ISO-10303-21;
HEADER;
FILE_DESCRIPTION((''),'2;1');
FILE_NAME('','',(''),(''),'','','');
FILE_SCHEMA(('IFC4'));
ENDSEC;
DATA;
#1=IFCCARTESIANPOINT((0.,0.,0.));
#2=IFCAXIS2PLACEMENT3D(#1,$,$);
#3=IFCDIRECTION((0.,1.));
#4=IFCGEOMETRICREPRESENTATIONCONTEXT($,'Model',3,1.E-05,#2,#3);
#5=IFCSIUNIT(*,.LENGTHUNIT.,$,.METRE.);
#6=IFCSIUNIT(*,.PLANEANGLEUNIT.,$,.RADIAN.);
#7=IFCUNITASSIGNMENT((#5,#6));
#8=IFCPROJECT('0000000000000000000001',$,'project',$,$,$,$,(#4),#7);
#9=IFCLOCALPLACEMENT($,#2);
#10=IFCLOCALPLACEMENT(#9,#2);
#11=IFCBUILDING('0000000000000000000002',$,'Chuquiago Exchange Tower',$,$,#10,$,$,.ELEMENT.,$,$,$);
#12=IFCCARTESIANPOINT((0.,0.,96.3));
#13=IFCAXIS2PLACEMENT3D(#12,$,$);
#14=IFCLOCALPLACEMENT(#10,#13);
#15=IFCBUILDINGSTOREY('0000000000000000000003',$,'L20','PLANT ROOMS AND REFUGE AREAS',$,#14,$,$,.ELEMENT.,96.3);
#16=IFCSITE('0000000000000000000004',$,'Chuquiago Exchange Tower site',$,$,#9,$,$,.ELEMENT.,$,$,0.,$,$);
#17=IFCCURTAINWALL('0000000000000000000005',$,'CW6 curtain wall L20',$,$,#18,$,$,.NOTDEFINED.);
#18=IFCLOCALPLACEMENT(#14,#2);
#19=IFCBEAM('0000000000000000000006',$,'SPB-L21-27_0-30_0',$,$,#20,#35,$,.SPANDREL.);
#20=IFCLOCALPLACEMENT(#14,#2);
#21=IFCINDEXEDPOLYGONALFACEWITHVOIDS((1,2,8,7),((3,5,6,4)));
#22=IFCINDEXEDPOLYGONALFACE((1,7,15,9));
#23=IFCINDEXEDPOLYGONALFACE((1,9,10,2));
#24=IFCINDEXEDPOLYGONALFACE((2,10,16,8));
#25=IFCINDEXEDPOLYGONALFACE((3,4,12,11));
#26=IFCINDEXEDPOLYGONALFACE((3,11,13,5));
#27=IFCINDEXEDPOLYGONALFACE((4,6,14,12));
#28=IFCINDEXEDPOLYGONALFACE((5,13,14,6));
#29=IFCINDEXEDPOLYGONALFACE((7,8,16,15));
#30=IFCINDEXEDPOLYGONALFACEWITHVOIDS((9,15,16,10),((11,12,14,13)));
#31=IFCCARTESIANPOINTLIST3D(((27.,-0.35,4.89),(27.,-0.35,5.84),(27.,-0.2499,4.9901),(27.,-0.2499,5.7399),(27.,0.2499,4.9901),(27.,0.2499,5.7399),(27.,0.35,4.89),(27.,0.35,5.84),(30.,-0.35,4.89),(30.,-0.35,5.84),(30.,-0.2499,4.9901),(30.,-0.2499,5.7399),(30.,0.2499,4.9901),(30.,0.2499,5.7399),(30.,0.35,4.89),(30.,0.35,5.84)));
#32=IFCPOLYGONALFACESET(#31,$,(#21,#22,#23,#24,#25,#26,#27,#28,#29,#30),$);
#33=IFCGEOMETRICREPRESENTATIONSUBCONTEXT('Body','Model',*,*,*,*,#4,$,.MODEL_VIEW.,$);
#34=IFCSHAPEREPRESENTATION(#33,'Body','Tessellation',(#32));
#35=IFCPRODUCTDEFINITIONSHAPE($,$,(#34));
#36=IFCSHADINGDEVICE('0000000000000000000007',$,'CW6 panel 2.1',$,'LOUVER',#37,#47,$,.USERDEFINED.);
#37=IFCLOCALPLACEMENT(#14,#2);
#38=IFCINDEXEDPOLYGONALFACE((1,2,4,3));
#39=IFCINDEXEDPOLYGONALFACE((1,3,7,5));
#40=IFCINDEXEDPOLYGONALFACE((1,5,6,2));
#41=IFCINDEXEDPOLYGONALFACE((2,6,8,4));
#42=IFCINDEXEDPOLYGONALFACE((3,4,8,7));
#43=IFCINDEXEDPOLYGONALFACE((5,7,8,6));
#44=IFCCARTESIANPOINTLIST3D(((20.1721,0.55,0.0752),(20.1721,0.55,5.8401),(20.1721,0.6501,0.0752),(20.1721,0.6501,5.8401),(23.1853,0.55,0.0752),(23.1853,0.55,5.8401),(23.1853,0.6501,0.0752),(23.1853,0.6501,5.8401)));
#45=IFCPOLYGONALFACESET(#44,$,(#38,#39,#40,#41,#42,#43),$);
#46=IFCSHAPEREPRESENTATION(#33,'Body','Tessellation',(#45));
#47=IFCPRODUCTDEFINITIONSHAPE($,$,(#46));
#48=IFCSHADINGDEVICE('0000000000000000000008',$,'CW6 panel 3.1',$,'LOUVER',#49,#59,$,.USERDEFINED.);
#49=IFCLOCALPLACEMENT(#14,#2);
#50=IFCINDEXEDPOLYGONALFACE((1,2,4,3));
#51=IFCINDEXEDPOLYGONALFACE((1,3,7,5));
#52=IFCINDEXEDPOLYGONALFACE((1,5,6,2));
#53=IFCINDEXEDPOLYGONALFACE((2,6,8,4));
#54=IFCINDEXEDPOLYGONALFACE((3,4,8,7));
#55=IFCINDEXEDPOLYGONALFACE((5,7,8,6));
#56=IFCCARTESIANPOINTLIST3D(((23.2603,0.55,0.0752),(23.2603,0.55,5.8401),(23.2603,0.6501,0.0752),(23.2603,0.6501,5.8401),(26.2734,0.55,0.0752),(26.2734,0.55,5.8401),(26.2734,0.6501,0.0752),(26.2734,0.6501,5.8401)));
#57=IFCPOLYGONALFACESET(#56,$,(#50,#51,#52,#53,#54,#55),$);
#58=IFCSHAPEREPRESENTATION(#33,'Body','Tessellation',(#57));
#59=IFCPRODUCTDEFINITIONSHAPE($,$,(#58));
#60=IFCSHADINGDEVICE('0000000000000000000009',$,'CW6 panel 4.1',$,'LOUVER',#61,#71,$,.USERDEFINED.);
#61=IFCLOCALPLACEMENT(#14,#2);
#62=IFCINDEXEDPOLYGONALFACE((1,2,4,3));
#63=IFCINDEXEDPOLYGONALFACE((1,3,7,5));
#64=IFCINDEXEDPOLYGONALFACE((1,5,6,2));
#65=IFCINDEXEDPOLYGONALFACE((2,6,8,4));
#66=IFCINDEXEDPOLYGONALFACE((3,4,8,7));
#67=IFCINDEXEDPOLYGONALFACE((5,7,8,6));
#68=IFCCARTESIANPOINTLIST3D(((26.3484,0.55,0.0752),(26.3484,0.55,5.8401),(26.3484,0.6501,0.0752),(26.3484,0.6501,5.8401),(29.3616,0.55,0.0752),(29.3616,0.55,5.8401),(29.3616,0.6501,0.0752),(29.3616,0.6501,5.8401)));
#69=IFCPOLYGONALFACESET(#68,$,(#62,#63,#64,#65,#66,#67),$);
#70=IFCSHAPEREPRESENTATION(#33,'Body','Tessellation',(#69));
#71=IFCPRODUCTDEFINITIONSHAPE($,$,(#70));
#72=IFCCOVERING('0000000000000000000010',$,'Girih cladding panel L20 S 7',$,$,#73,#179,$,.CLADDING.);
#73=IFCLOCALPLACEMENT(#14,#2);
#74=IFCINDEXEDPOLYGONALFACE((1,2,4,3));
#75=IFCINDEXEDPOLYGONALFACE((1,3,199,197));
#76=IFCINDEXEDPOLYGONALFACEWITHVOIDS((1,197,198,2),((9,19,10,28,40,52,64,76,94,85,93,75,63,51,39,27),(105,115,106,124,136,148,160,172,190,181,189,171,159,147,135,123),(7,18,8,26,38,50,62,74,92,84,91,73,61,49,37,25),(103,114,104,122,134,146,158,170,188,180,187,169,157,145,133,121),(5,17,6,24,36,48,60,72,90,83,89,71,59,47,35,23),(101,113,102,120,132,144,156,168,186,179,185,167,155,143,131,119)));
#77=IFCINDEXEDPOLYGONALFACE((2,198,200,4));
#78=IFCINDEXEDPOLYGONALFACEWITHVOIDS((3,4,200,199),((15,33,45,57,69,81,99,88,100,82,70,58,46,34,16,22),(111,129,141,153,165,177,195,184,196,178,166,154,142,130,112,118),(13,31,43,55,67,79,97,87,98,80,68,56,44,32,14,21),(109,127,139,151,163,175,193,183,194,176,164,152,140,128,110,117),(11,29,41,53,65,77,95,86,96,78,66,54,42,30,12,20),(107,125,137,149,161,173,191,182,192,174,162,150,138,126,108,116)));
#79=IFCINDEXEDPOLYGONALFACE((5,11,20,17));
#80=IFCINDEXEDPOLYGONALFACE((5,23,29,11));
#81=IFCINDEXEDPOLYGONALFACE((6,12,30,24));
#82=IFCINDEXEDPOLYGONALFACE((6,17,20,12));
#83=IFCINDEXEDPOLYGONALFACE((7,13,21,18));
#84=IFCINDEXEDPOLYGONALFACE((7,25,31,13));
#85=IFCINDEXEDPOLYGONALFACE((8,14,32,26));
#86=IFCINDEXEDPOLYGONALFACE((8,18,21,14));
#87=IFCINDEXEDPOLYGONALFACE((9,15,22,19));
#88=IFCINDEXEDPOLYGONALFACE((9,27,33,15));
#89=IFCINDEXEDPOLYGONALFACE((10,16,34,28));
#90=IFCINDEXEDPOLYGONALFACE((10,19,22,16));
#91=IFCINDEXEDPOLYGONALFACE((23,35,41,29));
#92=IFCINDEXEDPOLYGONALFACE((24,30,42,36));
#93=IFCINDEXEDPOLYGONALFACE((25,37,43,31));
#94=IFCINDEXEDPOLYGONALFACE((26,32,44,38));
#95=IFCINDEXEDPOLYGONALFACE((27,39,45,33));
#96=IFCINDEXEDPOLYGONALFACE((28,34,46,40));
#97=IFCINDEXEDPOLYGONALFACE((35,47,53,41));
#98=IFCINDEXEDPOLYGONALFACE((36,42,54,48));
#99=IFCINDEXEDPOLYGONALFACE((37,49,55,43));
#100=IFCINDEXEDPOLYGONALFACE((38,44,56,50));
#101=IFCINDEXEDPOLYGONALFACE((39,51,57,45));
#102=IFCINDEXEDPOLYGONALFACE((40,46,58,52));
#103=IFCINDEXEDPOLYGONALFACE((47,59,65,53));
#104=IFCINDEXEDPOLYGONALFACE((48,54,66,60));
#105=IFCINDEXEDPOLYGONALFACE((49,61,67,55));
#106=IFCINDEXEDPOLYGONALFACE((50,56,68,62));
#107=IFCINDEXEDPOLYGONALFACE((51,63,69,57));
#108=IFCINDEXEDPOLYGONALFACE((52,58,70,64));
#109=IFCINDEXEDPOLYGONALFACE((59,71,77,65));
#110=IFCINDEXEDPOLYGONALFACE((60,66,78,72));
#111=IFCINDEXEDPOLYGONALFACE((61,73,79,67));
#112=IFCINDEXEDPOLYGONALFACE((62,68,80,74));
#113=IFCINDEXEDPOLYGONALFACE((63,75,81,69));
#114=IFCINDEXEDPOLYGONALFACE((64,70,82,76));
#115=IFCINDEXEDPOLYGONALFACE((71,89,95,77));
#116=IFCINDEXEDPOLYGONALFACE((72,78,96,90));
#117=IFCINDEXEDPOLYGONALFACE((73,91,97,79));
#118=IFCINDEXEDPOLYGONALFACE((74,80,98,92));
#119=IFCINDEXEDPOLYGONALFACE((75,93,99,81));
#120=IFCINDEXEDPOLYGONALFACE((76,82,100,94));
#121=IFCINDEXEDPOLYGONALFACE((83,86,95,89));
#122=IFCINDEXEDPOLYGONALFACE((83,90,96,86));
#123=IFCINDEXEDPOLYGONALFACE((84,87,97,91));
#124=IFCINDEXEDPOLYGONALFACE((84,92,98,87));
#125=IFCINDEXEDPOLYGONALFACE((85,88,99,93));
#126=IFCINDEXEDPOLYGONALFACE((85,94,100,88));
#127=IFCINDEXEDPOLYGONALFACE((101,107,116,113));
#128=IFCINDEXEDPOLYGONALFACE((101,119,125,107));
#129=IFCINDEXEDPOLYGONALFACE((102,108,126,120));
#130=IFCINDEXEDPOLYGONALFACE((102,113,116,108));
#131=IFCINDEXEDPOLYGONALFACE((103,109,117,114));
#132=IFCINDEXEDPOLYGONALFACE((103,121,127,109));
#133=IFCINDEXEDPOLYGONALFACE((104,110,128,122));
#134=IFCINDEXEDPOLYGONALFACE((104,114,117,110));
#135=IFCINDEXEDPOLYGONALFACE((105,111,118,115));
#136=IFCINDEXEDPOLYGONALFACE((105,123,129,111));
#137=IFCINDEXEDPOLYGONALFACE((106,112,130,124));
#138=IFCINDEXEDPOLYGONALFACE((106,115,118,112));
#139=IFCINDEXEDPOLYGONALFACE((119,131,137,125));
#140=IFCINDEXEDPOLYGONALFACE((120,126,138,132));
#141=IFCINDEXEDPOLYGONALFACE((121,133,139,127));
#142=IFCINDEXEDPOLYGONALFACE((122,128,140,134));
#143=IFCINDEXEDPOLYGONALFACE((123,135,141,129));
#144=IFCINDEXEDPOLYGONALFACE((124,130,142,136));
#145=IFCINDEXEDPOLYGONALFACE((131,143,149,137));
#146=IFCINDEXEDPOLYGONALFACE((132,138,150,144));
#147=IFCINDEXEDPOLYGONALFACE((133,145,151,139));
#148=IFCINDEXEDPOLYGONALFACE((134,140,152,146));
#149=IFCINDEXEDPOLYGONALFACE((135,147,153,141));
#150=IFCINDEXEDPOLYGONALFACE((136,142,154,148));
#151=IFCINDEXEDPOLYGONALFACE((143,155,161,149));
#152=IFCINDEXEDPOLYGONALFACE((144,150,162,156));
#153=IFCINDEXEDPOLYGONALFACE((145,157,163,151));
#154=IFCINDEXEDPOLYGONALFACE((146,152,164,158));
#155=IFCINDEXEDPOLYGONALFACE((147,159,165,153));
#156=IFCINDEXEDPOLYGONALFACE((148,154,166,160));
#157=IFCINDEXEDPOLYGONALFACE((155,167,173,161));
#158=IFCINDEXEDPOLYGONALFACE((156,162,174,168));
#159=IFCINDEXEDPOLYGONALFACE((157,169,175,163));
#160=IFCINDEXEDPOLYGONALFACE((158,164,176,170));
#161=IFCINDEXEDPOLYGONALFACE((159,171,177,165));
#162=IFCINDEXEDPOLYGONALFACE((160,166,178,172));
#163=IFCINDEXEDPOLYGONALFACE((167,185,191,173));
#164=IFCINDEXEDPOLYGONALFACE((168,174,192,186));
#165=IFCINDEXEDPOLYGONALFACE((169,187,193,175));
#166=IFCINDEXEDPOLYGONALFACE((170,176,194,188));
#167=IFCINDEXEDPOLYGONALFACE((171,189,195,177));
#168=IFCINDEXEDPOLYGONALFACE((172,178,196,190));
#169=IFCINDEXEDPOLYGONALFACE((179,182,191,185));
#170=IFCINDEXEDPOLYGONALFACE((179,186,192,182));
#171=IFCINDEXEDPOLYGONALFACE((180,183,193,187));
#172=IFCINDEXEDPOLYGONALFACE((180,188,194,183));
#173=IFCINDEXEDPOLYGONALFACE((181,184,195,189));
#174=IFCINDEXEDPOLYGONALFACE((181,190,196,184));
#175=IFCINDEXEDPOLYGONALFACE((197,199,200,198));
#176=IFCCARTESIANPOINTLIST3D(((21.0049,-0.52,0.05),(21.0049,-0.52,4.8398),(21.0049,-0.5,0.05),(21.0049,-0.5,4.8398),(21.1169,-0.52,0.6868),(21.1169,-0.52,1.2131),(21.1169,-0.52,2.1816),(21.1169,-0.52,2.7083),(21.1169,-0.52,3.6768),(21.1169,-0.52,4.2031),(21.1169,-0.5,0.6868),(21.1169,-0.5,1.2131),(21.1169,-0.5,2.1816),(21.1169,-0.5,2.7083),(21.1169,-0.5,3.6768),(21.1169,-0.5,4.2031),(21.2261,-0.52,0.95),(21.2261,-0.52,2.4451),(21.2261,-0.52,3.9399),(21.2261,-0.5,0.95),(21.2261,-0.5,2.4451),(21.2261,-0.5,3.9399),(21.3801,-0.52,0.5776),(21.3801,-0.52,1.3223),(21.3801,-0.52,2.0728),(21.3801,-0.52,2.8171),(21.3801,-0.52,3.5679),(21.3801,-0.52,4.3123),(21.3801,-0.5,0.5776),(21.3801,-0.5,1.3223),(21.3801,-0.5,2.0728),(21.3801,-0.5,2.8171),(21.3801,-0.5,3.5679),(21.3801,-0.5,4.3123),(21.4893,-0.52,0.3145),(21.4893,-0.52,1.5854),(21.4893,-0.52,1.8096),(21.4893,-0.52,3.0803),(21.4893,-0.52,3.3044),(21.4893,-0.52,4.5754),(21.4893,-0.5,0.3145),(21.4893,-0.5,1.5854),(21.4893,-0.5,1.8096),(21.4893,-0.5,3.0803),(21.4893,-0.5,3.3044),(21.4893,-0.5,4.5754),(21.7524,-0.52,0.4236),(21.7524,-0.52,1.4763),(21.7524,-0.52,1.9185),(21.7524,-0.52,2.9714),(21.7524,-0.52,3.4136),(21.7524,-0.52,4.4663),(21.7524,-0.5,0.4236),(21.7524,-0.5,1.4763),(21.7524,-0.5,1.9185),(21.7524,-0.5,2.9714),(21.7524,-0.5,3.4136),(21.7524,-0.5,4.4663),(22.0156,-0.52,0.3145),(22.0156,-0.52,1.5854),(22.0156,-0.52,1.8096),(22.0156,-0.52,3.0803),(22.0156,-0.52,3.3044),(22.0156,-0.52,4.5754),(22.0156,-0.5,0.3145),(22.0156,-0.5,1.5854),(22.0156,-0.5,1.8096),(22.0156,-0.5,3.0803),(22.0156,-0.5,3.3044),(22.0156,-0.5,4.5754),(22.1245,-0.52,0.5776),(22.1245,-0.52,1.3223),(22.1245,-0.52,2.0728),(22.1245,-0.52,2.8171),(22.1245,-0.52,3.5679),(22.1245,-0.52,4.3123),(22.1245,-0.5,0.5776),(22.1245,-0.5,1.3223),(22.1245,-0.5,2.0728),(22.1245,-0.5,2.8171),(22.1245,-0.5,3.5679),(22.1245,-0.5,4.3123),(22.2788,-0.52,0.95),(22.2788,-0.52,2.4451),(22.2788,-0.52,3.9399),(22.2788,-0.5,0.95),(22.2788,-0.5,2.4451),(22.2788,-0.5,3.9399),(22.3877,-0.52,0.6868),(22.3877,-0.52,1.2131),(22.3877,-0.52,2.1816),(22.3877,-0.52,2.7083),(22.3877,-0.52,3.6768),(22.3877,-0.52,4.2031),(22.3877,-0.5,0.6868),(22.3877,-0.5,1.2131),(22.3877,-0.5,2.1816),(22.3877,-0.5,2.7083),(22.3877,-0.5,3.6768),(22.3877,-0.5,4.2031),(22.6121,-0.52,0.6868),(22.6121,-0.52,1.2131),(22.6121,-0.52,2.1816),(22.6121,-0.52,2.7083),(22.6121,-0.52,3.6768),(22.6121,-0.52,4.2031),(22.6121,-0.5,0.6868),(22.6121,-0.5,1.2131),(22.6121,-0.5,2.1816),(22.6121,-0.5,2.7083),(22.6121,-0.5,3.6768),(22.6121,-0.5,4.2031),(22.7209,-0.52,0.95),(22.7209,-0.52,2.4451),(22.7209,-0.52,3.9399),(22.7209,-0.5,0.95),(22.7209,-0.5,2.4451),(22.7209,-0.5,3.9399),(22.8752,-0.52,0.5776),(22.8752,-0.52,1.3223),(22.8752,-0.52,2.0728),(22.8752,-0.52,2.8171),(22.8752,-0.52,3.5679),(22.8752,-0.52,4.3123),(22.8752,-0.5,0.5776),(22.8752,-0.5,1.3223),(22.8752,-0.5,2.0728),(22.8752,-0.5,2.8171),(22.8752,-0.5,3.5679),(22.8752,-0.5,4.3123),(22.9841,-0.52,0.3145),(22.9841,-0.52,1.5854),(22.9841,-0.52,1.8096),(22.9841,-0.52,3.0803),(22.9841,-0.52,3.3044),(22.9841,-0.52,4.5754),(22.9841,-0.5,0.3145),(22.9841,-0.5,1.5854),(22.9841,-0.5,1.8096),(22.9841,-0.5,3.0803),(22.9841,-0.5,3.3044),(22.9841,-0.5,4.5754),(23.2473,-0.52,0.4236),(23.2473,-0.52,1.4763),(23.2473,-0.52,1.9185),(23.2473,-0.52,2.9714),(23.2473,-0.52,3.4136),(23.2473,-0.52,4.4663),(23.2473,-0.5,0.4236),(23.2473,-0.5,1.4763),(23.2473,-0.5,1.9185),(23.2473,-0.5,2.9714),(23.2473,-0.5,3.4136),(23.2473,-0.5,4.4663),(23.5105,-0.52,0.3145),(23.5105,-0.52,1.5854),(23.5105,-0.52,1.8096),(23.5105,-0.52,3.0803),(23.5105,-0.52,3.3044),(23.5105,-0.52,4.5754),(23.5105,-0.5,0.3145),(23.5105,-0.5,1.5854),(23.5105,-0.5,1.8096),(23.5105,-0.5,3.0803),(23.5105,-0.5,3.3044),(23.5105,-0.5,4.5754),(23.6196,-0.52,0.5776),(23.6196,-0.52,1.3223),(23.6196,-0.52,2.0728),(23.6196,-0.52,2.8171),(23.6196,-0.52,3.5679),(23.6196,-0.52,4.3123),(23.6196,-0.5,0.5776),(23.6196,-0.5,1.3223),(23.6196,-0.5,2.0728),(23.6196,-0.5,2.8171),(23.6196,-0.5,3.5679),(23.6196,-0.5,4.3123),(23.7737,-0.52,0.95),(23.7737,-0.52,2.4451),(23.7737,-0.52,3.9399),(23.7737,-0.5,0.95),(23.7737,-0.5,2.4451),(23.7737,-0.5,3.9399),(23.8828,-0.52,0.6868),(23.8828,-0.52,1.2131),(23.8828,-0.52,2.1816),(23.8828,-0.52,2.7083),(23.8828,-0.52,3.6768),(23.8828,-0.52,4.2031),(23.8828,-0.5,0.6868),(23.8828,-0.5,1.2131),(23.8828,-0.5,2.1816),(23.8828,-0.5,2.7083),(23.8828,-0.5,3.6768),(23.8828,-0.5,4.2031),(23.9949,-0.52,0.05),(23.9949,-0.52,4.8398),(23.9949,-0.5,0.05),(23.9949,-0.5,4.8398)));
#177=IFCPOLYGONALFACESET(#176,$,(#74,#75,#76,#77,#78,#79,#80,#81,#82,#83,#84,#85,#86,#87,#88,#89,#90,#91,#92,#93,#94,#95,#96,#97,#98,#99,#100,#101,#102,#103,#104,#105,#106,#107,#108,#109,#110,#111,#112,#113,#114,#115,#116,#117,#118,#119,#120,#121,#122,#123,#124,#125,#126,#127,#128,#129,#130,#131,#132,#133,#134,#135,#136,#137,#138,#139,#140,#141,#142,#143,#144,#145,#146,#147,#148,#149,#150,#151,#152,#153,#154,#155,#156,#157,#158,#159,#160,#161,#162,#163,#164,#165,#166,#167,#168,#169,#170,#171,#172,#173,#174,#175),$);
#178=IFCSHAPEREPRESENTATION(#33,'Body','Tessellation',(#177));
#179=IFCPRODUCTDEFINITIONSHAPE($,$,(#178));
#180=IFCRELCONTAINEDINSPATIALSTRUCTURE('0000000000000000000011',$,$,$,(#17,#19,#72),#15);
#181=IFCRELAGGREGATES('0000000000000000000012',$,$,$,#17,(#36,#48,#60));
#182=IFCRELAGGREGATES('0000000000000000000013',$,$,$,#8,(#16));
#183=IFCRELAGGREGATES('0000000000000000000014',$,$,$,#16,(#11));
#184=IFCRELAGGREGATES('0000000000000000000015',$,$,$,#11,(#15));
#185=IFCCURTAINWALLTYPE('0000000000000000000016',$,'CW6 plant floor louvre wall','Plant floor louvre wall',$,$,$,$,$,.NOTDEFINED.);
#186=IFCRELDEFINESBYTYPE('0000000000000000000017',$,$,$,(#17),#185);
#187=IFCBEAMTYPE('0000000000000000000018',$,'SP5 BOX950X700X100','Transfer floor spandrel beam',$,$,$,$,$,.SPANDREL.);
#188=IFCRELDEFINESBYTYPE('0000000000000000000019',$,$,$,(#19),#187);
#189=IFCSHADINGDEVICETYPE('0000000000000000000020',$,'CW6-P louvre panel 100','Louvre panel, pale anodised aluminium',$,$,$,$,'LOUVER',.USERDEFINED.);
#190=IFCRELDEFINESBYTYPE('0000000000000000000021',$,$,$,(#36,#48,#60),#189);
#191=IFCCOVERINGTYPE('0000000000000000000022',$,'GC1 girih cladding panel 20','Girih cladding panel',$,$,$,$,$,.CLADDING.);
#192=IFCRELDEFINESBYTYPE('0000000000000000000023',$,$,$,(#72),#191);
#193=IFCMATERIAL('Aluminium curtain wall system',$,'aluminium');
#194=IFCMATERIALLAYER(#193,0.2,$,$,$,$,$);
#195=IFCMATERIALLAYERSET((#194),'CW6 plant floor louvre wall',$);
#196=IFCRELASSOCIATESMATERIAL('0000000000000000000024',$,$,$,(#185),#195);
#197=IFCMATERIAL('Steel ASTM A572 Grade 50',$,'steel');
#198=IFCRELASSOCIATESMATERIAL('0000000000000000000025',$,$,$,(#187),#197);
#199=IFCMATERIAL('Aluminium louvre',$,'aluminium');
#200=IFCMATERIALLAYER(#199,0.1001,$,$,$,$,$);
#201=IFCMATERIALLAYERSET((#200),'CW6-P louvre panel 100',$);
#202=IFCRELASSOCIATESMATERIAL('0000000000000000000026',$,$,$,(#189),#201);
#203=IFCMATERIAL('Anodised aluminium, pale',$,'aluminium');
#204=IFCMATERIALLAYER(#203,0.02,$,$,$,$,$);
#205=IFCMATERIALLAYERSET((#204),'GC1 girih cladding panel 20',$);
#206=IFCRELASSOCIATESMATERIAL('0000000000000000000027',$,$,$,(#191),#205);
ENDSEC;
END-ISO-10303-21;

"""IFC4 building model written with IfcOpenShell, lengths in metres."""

from ifc_helpers import new_model, si_unit, direction, frame, origin, origin_2d, place, context, subcontext, project, spatial, polyline, rectangle, hollow_rectangle, outline, extrude, material, layer, layer_set, material_profile, profile_set, type_object, element, aggregate, save


model = new_model("IFC4")

# Units and contexts
model_context = context("Model", 3, precision=1e-05, world=origin(), true_north=direction((0.0, 1.0)))
body_context = subcontext(model_context, "Body", "Model", "MODEL_VIEW")
ifc_project = project(units=[si_unit("LENGTHUNIT", "METRE"), si_unit("PLANEANGLEUNIT", "RADIAN")], contexts=[model_context])

# Site, building, storey
site_placement = place(None, origin())
site = spatial("IfcSite", under=ifc_project, at=site_placement, Name="Chuquiago Exchange Tower site", CompositionType="ELEMENT", RefElevation=0.0)
building_placement = place(site_placement, origin())
building = spatial("IfcBuilding", under=site, at=building_placement, Name="Chuquiago Exchange Tower", CompositionType="ELEMENT")
storey_placement = place(building_placement, frame((0.0, 0.0, 96.3)))
storey = spatial("IfcBuildingStorey", under=building, at=storey_placement, Name="L20", Description="PLANT ROOMS AND REFUGE AREAS", CompositionType="ELEMENT", Elevation=96.3)

# Curtain wall
ifc_material_1 = material(Name="Aluminium curtain wall system", Category="aluminium")
ifc_layer_1 = layer(ifc_material_1, 0.2)
ifc_layer_set_1 = layer_set([ifc_layer_1], Name="CW6 plant floor louvre wall")
curtain_wall_type = type_object("IfcCurtainWallType", Name="CW6 plant floor louvre wall", Description="Plant floor louvre wall", PredefinedType="NOTDEFINED", material=ifc_layer_set_1)
curtain_wall_placement = place(storey_placement, origin())
curtain_wall = element("IfcCurtainWall", 1, at=curtain_wall_placement, inside=storey, type_object=curtain_wall_type, Name="CW6 curtain wall L20", PredefinedType="NOTDEFINED")

# Beam
ifc_material_2 = material(Name="Steel ASTM A572 Grade 50", Category="steel")
ifc_material_profile_1 = material_profile(ifc_material_2, hollow_rectangle(XDim=0.7, YDim=0.95, WallThickness=0.1001, at=origin_2d()), Name="BOX950X700X100")
ifc_profile_set_1 = profile_set([ifc_material_profile_1], Name="Steel ASTM A572 Grade 50")
beam_type = type_object("IfcBeamType", Name="SP5 BOX950X700X100", Description="Transfer floor spandrel beam", PredefinedType="SPANDREL", material=ifc_profile_set_1)
for number, where, z_axis, x_axis, name in (
    (2, (27.0, 0.0, 5.365), (1.0, 0.0, 0.0), (0.0, 1.0, 0.0), "SPB-L21-27_0-30_0"),
):
    element("IfcBeam", number, at=place(storey_placement, frame(where, z_axis=z_axis, x_axis=x_axis)), inside=storey, type_object=beam_type, Name=name, PredefinedType="SPANDREL", context=body_context, shape_type="SweptSolid", body=[
        extrude(hollow_rectangle(XDim=0.7, YDim=0.95, WallThickness=0.1001, at=origin_2d()), origin(), (0.0, 0.0, 1.0), 3.0),
    ])

# Shading devices
ifc_material_3 = material(Name="Aluminium louvre", Category="aluminium")
ifc_layer_2 = layer(ifc_material_3, 0.1001)
ifc_layer_set_2 = layer_set([ifc_layer_2], Name="CW6-P louvre panel 100")
shading_device_type = type_object("IfcShadingDeviceType", Name="CW6-P louvre panel 100", Description="Louvre panel, pale anodised aluminium", ElementType="LOUVER", PredefinedType="USERDEFINED", material=ifc_layer_set_2)
shading_device_1_placement = place(storey_placement, frame((21.6787, 0.6001, 0.0752), z_axis=(0.0, 0.0, 1.0), x_axis=(1.0, 0.0, 0.0)))
shading_device_1 = element("IfcShadingDevice", 3, at=shading_device_1_placement, type_object=shading_device_type, Name="CW6 panel 2.1", ObjectType="LOUVER", PredefinedType="USERDEFINED", context=body_context, shape_type="SweptSolid", body=[
    extrude(rectangle(XDim=3.0132, YDim=0.1001, at=origin_2d()), origin(), (0.0, 0.0, 1.0), 5.7649),
])
shading_device_2_placement = place(storey_placement, frame((24.7668, 0.6001, 0.0752), z_axis=(0.0, 0.0, 1.0), x_axis=(1.0, 0.0, 0.0)))
shading_device_2 = element("IfcShadingDevice", 4, at=shading_device_2_placement, type_object=shading_device_type, Name="CW6 panel 3.1", ObjectType="LOUVER", PredefinedType="USERDEFINED", context=body_context, shape_type="SweptSolid", body=[
    extrude(rectangle(XDim=3.0132, YDim=0.1001, at=origin_2d()), origin(), (0.0, 0.0, 1.0), 5.7649),
])
shading_device_3_placement = place(storey_placement, frame((27.855, 0.6001, 0.0752), z_axis=(0.0, 0.0, 1.0), x_axis=(1.0, 0.0, 0.0)))
shading_device_3 = element("IfcShadingDevice", 5, at=shading_device_3_placement, type_object=shading_device_type, Name="CW6 panel 4.1", ObjectType="LOUVER", PredefinedType="USERDEFINED", context=body_context, shape_type="SweptSolid", body=[
    extrude(rectangle(XDim=3.0132, YDim=0.1001, at=origin_2d()), origin(), (0.0, 0.0, 1.0), 5.7649),
])
aggregate(curtain_wall, [shading_device_1, shading_device_2, shading_device_3])

# Covering
ifc_material_4 = material(Name="Anodised aluminium, pale", Category="aluminium")
ifc_layer_3 = layer(ifc_material_4, 0.02)
ifc_layer_set_3 = layer_set([ifc_layer_3], Name="GC1 girih cladding panel 20")
covering_type = type_object("IfcCoveringType", Name="GC1 girih cladding panel 20", Description="Girih cladding panel", PredefinedType="CLADDING", material=ifc_layer_set_3)
covering_1_placement = place(storey_placement, frame((21.0049, -0.5, 0.05), z_axis=(0.0, 0.0, 1.0), x_axis=(1.0, 0.0, 0.0)))
element("IfcCovering", 6, at=covering_1_placement, inside=storey, type_object=covering_type, Name="Girih cladding panel L20 S 7", PredefinedType="CLADDING", context=body_context, shape_type="SweptSolid", body=[
    extrude(outline(polyline([(0.0, 0.0), (2.99, 0.0), (2.99, 4.7898), (0.0, 4.7898), (0.0, 0.0)]), holes=[polyline([(1.2739, 0.8999), (1.3828, 1.1631), (1.1196, 1.2722), (1.0107, 1.5354), (0.7476, 1.4263), (0.4844, 1.5354), (0.3752, 1.2722), (0.1121, 1.1631), (0.2212, 0.8999), (0.1121, 0.6367), (0.3752, 0.5276), (0.4844, 0.2644), (0.7476, 0.3735), (1.0107, 0.2644), (1.1196, 0.5276), (1.3828, 0.6367), (1.2739, 0.8999)]), polyline([(2.7688, 0.8999), (2.8779, 1.1631), (2.6147, 1.2722), (2.5056, 1.5354), (2.2424, 1.4263), (1.9792, 1.5354), (1.8704, 1.2722), (1.6072, 1.1631), (1.7161, 0.8999), (1.6072, 0.6367), (1.8704, 0.5276), (1.9792, 0.2644), (2.2424, 0.3735), (2.5056, 0.2644), (2.6147, 0.5276), (2.8779, 0.6367), (2.7688, 0.8999)]), polyline([(1.2739, 2.395), (1.3828, 2.6582), (1.1196, 2.7671), (1.0107, 3.0303), (0.7476, 2.9214), (0.4844, 3.0303), (0.3752, 2.7671), (0.1121, 2.6582), (0.2212, 2.395), (0.1121, 2.1316), (0.3752, 2.0227), (0.4844, 1.7595), (0.7476, 1.8684), (1.0107, 1.7595), (1.1196, 2.0227), (1.3828, 2.1316), (1.2739, 2.395)]), polyline([(2.7688, 2.395), (2.8779, 2.6582), (2.6147, 2.7671), (2.5056, 3.0303), (2.2424, 2.9214), (1.9792, 3.0303), (1.8704, 2.7671), (1.6072, 2.6582), (1.7161, 2.395), (1.6072, 2.1316), (1.8704, 2.0227), (1.9792, 1.7595), (2.2424, 1.8684), (2.5056, 1.7595), (2.6147, 2.0227), (2.8779, 2.1316), (2.7688, 2.395)]), polyline([(1.2739, 3.8899), (1.3828, 4.1531), (1.1196, 4.2622), (1.0107, 4.5254), (0.7476, 4.4163), (0.4844, 4.5254), (0.3752, 4.2622), (0.1121, 4.1531), (0.2212, 3.8899), (0.1121, 3.6267), (0.3752, 3.5178), (0.4844, 3.2544), (0.7476, 3.3635), (1.0107, 3.2544), (1.1196, 3.5178), (1.3828, 3.6267), (1.2739, 3.8899)]), polyline([(2.7688, 3.8899), (2.8779, 4.1531), (2.6147, 4.2622), (2.5056, 4.5254), (2.2424, 4.4163), (1.9792, 4.5254), (1.8704, 4.2622), (1.6072, 4.1531), (1.7161, 3.8899), (1.6072, 3.6267), (1.8704, 3.5178), (1.9792, 3.2544), (2.2424, 3.3635), (2.5056, 3.2544), (2.6147, 3.5178), (2.8779, 3.6267), (2.7688, 3.8899)])]), frame((0.0, 0.0, 0.0), z_axis=(0.0, -1.0, 0.0), x_axis=(1.0, 0.0, 0.0)), (0.0, 0.0, 1.0), 0.02),
])

save(model, "model.ifc")
